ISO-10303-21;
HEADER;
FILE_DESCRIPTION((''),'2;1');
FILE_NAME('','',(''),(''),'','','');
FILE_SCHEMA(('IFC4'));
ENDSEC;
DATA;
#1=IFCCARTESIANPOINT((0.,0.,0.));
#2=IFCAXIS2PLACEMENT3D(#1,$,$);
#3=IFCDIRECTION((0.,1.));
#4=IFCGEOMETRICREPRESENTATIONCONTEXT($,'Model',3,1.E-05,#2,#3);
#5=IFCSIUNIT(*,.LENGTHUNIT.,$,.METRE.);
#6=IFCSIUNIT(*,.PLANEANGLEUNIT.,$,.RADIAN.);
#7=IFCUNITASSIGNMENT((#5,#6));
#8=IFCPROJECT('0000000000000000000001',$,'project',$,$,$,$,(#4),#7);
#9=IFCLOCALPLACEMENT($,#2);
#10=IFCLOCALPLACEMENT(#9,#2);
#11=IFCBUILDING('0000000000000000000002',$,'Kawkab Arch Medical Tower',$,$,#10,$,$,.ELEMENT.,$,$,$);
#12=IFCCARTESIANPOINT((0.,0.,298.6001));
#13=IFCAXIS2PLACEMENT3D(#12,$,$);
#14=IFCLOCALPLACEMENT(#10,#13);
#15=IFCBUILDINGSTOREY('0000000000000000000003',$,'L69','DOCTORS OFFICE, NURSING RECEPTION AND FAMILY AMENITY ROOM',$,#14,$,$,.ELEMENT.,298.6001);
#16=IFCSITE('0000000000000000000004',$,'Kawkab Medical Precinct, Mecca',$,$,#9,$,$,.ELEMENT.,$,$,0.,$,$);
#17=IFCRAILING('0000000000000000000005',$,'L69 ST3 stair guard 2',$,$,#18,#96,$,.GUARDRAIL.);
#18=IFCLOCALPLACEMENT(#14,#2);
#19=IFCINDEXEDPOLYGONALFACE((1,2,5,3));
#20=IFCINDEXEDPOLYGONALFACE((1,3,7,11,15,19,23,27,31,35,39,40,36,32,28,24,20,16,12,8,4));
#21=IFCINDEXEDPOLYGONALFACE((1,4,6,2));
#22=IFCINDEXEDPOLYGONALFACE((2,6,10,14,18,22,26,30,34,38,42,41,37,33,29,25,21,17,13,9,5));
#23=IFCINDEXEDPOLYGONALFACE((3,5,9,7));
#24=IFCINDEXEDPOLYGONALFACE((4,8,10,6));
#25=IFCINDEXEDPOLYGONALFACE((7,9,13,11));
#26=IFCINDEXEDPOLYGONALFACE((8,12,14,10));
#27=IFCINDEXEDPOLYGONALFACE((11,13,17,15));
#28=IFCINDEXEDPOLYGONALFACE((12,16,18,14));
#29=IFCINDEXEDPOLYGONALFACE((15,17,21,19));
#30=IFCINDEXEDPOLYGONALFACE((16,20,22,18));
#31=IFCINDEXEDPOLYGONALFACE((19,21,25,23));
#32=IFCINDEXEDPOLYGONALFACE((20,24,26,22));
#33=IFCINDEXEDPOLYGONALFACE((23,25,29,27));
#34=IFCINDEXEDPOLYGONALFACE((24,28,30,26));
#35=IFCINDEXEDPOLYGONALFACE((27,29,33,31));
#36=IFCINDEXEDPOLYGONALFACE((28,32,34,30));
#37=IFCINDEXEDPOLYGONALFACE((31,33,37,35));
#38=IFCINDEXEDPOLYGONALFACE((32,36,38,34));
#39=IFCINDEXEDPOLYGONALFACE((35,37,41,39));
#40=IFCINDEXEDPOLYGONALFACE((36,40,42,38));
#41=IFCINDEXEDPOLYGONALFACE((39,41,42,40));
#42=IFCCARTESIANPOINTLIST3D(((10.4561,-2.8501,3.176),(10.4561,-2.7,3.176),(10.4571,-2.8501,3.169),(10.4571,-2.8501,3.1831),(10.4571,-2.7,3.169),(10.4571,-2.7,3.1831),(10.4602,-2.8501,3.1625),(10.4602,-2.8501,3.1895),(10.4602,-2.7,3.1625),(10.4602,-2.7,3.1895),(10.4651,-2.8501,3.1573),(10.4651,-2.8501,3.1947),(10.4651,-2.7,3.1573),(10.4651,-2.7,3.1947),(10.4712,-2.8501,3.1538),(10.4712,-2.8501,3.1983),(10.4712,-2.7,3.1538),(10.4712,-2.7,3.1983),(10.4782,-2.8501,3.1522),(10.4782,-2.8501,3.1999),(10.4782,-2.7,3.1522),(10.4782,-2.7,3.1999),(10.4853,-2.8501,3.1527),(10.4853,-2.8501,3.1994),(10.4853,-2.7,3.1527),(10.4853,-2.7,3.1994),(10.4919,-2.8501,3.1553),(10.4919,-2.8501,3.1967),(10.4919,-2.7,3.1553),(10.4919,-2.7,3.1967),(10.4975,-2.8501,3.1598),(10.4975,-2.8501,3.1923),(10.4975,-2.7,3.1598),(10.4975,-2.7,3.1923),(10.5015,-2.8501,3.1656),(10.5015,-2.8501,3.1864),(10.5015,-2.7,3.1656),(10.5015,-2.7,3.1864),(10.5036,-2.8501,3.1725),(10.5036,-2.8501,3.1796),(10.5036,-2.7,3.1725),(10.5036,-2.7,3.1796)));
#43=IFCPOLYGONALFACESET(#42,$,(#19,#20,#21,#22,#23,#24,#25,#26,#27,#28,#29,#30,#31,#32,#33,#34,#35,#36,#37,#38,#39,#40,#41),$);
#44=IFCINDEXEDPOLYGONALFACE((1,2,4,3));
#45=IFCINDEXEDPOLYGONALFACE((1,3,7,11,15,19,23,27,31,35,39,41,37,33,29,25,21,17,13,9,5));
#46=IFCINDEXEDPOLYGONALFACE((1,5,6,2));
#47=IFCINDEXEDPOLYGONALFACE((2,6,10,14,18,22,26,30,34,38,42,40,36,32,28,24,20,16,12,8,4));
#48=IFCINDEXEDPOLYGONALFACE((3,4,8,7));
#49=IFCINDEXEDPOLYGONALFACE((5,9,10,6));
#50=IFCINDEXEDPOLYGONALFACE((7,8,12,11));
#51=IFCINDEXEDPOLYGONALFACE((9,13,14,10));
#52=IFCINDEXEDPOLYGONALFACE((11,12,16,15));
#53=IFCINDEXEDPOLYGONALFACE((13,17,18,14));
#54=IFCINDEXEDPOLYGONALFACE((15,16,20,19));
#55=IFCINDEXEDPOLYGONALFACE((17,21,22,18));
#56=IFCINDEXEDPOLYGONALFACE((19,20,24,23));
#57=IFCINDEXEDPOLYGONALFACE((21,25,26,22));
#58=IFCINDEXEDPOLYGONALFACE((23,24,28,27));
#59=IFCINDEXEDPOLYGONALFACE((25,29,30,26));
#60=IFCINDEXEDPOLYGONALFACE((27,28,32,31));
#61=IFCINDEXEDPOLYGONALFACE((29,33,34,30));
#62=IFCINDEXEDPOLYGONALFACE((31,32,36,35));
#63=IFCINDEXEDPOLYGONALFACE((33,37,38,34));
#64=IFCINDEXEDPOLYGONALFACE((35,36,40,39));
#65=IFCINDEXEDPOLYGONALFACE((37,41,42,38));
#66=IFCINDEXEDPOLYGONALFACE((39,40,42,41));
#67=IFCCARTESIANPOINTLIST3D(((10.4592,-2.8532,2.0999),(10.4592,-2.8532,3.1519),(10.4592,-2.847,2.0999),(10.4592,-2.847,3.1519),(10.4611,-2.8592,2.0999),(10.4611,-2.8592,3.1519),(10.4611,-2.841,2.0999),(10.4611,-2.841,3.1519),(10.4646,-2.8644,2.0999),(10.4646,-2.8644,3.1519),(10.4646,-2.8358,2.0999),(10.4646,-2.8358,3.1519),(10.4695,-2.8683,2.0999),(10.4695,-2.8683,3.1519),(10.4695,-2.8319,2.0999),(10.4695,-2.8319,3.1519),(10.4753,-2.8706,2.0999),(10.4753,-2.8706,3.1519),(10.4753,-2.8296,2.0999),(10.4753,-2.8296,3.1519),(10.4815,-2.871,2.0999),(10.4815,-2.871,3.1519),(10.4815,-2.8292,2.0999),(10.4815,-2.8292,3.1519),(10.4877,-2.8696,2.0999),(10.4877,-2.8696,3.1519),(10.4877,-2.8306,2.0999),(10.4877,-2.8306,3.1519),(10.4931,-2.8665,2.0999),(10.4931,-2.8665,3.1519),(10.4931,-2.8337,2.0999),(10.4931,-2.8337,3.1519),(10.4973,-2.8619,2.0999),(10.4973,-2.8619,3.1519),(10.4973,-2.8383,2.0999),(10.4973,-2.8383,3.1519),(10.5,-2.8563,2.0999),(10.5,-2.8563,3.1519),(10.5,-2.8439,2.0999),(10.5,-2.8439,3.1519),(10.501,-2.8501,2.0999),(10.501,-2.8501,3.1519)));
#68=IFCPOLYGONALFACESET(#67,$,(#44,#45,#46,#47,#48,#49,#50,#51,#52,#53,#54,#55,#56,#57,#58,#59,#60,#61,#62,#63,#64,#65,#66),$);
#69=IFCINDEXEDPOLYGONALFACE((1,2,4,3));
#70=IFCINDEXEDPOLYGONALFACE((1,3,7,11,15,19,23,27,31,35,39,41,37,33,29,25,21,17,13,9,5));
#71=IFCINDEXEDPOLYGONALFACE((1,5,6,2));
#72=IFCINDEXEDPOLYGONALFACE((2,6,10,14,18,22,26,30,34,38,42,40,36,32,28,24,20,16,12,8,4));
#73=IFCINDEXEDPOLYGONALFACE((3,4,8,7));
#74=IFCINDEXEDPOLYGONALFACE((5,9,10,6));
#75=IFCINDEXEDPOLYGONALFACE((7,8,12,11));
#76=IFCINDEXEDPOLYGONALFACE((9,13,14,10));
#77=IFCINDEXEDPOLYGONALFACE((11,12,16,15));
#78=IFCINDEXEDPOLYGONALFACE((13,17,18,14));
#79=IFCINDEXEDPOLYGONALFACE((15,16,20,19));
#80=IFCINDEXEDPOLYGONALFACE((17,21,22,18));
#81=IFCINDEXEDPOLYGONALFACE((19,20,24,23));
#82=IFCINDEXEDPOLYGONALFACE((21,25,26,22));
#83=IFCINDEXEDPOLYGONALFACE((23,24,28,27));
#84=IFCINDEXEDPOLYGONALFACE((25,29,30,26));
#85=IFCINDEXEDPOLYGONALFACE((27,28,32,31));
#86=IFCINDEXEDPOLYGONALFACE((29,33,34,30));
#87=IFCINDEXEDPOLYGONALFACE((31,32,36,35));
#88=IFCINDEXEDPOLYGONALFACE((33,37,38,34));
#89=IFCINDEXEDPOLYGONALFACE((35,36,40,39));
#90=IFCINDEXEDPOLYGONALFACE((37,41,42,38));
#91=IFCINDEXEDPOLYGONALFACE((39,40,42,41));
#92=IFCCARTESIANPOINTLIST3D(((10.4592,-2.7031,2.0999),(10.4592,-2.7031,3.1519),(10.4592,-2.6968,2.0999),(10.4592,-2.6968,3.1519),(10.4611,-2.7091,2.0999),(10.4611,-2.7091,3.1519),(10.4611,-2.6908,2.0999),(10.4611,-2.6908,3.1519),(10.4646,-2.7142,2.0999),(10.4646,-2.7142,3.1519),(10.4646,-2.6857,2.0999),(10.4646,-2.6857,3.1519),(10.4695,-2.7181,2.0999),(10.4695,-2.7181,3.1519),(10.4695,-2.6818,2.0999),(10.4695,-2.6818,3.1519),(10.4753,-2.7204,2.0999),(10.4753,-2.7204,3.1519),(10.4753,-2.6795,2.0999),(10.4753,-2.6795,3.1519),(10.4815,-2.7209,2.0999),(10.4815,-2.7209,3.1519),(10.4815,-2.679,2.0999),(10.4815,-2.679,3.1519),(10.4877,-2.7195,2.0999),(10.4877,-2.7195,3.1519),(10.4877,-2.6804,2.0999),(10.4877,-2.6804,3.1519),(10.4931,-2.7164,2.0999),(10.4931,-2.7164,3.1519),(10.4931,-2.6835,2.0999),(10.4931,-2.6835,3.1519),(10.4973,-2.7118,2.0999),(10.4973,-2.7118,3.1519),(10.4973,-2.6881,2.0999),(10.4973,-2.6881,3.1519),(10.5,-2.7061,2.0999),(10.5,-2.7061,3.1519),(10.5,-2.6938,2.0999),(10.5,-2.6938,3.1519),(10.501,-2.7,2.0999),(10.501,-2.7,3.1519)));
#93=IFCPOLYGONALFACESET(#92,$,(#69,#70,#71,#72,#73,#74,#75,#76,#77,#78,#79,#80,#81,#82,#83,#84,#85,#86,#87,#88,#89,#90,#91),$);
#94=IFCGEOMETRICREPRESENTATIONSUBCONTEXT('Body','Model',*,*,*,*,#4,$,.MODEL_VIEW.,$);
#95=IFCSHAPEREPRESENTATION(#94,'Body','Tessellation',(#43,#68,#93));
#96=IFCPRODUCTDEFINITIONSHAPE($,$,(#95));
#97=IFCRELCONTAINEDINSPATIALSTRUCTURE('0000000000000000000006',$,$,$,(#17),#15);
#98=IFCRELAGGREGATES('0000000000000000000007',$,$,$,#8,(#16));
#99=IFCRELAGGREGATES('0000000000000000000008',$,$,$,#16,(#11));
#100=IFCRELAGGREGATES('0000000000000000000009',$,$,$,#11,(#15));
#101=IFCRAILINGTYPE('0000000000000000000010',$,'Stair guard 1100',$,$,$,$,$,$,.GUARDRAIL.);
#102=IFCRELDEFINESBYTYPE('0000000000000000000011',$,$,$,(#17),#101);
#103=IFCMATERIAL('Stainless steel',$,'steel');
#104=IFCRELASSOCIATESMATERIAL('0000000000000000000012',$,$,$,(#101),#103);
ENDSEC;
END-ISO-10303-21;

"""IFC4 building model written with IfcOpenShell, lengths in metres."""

from ifc_helpers import new_model, si_unit, direction, frame, origin, origin_2d, place, context, subcontext, project, spatial, circle, extrude, material, type_object, element, save


model = new_model("IFC4")

# Units and contexts
model_context = context("Model", 3, precision=1e-05, world=origin(), true_north=direction((0.0, 1.0)))
body_context = subcontext(model_context, "Body", "Model", "MODEL_VIEW")
ifc_project = project(units=[si_unit("LENGTHUNIT", "METRE"), si_unit("PLANEANGLEUNIT", "RADIAN")], contexts=[model_context])

# Site, building, storey
site_placement = place(None, origin())
site = spatial("IfcSite", under=ifc_project, at=site_placement, Name="Kawkab Medical Precinct, Mecca", CompositionType="ELEMENT", RefElevation=0.0)
building_placement = place(site_placement, origin())
building = spatial("IfcBuilding", under=site, at=building_placement, Name="Kawkab Arch Medical Tower", CompositionType="ELEMENT")
storey_placement = place(building_placement, frame((0.0, 0.0, 298.6001)))
storey = spatial("IfcBuildingStorey", under=building, at=storey_placement, Name="L69", Description="DOCTORS OFFICE, NURSING RECEPTION AND FAMILY AMENITY ROOM", CompositionType="ELEMENT", Elevation=298.6001)

# Railing
ifc_material_1 = material(Name="Stainless steel", Category="steel")
railing_type_1 = type_object("IfcRailingType", Name="Stair guard 1100", PredefinedType="GUARDRAIL", material=ifc_material_1)
railing_1_placement = place(storey_placement, frame((10.48, -2.8501, 2.0999)))
element("IfcRailing", 1, at=railing_1_placement, inside=storey, type_object=railing_type_1, Name="L69 ST3 stair guard 2", PredefinedType="GUARDRAIL", context=body_context, shape_type="SweptSolid", body=[
    extrude(circle(Radius=0.0239, at=origin_2d()), frame((0.0, 0.0, 1.0762), z_axis=(0.0, 1.0, 0.0), x_axis=(-1.0, 0.0, 0.0)), (0.0, 0.0, 1.0), 0.1501),
    extrude(circle(Radius=0.021, at=origin_2d()), origin(), (0.0, 0.0, 1.0), 1.052),
    extrude(circle(Radius=0.021, at=origin_2d()), frame((0.0, 0.1501, 0.0)), (0.0, 0.0, 1.0), 1.052),
])

save(model, "model.ifc")
